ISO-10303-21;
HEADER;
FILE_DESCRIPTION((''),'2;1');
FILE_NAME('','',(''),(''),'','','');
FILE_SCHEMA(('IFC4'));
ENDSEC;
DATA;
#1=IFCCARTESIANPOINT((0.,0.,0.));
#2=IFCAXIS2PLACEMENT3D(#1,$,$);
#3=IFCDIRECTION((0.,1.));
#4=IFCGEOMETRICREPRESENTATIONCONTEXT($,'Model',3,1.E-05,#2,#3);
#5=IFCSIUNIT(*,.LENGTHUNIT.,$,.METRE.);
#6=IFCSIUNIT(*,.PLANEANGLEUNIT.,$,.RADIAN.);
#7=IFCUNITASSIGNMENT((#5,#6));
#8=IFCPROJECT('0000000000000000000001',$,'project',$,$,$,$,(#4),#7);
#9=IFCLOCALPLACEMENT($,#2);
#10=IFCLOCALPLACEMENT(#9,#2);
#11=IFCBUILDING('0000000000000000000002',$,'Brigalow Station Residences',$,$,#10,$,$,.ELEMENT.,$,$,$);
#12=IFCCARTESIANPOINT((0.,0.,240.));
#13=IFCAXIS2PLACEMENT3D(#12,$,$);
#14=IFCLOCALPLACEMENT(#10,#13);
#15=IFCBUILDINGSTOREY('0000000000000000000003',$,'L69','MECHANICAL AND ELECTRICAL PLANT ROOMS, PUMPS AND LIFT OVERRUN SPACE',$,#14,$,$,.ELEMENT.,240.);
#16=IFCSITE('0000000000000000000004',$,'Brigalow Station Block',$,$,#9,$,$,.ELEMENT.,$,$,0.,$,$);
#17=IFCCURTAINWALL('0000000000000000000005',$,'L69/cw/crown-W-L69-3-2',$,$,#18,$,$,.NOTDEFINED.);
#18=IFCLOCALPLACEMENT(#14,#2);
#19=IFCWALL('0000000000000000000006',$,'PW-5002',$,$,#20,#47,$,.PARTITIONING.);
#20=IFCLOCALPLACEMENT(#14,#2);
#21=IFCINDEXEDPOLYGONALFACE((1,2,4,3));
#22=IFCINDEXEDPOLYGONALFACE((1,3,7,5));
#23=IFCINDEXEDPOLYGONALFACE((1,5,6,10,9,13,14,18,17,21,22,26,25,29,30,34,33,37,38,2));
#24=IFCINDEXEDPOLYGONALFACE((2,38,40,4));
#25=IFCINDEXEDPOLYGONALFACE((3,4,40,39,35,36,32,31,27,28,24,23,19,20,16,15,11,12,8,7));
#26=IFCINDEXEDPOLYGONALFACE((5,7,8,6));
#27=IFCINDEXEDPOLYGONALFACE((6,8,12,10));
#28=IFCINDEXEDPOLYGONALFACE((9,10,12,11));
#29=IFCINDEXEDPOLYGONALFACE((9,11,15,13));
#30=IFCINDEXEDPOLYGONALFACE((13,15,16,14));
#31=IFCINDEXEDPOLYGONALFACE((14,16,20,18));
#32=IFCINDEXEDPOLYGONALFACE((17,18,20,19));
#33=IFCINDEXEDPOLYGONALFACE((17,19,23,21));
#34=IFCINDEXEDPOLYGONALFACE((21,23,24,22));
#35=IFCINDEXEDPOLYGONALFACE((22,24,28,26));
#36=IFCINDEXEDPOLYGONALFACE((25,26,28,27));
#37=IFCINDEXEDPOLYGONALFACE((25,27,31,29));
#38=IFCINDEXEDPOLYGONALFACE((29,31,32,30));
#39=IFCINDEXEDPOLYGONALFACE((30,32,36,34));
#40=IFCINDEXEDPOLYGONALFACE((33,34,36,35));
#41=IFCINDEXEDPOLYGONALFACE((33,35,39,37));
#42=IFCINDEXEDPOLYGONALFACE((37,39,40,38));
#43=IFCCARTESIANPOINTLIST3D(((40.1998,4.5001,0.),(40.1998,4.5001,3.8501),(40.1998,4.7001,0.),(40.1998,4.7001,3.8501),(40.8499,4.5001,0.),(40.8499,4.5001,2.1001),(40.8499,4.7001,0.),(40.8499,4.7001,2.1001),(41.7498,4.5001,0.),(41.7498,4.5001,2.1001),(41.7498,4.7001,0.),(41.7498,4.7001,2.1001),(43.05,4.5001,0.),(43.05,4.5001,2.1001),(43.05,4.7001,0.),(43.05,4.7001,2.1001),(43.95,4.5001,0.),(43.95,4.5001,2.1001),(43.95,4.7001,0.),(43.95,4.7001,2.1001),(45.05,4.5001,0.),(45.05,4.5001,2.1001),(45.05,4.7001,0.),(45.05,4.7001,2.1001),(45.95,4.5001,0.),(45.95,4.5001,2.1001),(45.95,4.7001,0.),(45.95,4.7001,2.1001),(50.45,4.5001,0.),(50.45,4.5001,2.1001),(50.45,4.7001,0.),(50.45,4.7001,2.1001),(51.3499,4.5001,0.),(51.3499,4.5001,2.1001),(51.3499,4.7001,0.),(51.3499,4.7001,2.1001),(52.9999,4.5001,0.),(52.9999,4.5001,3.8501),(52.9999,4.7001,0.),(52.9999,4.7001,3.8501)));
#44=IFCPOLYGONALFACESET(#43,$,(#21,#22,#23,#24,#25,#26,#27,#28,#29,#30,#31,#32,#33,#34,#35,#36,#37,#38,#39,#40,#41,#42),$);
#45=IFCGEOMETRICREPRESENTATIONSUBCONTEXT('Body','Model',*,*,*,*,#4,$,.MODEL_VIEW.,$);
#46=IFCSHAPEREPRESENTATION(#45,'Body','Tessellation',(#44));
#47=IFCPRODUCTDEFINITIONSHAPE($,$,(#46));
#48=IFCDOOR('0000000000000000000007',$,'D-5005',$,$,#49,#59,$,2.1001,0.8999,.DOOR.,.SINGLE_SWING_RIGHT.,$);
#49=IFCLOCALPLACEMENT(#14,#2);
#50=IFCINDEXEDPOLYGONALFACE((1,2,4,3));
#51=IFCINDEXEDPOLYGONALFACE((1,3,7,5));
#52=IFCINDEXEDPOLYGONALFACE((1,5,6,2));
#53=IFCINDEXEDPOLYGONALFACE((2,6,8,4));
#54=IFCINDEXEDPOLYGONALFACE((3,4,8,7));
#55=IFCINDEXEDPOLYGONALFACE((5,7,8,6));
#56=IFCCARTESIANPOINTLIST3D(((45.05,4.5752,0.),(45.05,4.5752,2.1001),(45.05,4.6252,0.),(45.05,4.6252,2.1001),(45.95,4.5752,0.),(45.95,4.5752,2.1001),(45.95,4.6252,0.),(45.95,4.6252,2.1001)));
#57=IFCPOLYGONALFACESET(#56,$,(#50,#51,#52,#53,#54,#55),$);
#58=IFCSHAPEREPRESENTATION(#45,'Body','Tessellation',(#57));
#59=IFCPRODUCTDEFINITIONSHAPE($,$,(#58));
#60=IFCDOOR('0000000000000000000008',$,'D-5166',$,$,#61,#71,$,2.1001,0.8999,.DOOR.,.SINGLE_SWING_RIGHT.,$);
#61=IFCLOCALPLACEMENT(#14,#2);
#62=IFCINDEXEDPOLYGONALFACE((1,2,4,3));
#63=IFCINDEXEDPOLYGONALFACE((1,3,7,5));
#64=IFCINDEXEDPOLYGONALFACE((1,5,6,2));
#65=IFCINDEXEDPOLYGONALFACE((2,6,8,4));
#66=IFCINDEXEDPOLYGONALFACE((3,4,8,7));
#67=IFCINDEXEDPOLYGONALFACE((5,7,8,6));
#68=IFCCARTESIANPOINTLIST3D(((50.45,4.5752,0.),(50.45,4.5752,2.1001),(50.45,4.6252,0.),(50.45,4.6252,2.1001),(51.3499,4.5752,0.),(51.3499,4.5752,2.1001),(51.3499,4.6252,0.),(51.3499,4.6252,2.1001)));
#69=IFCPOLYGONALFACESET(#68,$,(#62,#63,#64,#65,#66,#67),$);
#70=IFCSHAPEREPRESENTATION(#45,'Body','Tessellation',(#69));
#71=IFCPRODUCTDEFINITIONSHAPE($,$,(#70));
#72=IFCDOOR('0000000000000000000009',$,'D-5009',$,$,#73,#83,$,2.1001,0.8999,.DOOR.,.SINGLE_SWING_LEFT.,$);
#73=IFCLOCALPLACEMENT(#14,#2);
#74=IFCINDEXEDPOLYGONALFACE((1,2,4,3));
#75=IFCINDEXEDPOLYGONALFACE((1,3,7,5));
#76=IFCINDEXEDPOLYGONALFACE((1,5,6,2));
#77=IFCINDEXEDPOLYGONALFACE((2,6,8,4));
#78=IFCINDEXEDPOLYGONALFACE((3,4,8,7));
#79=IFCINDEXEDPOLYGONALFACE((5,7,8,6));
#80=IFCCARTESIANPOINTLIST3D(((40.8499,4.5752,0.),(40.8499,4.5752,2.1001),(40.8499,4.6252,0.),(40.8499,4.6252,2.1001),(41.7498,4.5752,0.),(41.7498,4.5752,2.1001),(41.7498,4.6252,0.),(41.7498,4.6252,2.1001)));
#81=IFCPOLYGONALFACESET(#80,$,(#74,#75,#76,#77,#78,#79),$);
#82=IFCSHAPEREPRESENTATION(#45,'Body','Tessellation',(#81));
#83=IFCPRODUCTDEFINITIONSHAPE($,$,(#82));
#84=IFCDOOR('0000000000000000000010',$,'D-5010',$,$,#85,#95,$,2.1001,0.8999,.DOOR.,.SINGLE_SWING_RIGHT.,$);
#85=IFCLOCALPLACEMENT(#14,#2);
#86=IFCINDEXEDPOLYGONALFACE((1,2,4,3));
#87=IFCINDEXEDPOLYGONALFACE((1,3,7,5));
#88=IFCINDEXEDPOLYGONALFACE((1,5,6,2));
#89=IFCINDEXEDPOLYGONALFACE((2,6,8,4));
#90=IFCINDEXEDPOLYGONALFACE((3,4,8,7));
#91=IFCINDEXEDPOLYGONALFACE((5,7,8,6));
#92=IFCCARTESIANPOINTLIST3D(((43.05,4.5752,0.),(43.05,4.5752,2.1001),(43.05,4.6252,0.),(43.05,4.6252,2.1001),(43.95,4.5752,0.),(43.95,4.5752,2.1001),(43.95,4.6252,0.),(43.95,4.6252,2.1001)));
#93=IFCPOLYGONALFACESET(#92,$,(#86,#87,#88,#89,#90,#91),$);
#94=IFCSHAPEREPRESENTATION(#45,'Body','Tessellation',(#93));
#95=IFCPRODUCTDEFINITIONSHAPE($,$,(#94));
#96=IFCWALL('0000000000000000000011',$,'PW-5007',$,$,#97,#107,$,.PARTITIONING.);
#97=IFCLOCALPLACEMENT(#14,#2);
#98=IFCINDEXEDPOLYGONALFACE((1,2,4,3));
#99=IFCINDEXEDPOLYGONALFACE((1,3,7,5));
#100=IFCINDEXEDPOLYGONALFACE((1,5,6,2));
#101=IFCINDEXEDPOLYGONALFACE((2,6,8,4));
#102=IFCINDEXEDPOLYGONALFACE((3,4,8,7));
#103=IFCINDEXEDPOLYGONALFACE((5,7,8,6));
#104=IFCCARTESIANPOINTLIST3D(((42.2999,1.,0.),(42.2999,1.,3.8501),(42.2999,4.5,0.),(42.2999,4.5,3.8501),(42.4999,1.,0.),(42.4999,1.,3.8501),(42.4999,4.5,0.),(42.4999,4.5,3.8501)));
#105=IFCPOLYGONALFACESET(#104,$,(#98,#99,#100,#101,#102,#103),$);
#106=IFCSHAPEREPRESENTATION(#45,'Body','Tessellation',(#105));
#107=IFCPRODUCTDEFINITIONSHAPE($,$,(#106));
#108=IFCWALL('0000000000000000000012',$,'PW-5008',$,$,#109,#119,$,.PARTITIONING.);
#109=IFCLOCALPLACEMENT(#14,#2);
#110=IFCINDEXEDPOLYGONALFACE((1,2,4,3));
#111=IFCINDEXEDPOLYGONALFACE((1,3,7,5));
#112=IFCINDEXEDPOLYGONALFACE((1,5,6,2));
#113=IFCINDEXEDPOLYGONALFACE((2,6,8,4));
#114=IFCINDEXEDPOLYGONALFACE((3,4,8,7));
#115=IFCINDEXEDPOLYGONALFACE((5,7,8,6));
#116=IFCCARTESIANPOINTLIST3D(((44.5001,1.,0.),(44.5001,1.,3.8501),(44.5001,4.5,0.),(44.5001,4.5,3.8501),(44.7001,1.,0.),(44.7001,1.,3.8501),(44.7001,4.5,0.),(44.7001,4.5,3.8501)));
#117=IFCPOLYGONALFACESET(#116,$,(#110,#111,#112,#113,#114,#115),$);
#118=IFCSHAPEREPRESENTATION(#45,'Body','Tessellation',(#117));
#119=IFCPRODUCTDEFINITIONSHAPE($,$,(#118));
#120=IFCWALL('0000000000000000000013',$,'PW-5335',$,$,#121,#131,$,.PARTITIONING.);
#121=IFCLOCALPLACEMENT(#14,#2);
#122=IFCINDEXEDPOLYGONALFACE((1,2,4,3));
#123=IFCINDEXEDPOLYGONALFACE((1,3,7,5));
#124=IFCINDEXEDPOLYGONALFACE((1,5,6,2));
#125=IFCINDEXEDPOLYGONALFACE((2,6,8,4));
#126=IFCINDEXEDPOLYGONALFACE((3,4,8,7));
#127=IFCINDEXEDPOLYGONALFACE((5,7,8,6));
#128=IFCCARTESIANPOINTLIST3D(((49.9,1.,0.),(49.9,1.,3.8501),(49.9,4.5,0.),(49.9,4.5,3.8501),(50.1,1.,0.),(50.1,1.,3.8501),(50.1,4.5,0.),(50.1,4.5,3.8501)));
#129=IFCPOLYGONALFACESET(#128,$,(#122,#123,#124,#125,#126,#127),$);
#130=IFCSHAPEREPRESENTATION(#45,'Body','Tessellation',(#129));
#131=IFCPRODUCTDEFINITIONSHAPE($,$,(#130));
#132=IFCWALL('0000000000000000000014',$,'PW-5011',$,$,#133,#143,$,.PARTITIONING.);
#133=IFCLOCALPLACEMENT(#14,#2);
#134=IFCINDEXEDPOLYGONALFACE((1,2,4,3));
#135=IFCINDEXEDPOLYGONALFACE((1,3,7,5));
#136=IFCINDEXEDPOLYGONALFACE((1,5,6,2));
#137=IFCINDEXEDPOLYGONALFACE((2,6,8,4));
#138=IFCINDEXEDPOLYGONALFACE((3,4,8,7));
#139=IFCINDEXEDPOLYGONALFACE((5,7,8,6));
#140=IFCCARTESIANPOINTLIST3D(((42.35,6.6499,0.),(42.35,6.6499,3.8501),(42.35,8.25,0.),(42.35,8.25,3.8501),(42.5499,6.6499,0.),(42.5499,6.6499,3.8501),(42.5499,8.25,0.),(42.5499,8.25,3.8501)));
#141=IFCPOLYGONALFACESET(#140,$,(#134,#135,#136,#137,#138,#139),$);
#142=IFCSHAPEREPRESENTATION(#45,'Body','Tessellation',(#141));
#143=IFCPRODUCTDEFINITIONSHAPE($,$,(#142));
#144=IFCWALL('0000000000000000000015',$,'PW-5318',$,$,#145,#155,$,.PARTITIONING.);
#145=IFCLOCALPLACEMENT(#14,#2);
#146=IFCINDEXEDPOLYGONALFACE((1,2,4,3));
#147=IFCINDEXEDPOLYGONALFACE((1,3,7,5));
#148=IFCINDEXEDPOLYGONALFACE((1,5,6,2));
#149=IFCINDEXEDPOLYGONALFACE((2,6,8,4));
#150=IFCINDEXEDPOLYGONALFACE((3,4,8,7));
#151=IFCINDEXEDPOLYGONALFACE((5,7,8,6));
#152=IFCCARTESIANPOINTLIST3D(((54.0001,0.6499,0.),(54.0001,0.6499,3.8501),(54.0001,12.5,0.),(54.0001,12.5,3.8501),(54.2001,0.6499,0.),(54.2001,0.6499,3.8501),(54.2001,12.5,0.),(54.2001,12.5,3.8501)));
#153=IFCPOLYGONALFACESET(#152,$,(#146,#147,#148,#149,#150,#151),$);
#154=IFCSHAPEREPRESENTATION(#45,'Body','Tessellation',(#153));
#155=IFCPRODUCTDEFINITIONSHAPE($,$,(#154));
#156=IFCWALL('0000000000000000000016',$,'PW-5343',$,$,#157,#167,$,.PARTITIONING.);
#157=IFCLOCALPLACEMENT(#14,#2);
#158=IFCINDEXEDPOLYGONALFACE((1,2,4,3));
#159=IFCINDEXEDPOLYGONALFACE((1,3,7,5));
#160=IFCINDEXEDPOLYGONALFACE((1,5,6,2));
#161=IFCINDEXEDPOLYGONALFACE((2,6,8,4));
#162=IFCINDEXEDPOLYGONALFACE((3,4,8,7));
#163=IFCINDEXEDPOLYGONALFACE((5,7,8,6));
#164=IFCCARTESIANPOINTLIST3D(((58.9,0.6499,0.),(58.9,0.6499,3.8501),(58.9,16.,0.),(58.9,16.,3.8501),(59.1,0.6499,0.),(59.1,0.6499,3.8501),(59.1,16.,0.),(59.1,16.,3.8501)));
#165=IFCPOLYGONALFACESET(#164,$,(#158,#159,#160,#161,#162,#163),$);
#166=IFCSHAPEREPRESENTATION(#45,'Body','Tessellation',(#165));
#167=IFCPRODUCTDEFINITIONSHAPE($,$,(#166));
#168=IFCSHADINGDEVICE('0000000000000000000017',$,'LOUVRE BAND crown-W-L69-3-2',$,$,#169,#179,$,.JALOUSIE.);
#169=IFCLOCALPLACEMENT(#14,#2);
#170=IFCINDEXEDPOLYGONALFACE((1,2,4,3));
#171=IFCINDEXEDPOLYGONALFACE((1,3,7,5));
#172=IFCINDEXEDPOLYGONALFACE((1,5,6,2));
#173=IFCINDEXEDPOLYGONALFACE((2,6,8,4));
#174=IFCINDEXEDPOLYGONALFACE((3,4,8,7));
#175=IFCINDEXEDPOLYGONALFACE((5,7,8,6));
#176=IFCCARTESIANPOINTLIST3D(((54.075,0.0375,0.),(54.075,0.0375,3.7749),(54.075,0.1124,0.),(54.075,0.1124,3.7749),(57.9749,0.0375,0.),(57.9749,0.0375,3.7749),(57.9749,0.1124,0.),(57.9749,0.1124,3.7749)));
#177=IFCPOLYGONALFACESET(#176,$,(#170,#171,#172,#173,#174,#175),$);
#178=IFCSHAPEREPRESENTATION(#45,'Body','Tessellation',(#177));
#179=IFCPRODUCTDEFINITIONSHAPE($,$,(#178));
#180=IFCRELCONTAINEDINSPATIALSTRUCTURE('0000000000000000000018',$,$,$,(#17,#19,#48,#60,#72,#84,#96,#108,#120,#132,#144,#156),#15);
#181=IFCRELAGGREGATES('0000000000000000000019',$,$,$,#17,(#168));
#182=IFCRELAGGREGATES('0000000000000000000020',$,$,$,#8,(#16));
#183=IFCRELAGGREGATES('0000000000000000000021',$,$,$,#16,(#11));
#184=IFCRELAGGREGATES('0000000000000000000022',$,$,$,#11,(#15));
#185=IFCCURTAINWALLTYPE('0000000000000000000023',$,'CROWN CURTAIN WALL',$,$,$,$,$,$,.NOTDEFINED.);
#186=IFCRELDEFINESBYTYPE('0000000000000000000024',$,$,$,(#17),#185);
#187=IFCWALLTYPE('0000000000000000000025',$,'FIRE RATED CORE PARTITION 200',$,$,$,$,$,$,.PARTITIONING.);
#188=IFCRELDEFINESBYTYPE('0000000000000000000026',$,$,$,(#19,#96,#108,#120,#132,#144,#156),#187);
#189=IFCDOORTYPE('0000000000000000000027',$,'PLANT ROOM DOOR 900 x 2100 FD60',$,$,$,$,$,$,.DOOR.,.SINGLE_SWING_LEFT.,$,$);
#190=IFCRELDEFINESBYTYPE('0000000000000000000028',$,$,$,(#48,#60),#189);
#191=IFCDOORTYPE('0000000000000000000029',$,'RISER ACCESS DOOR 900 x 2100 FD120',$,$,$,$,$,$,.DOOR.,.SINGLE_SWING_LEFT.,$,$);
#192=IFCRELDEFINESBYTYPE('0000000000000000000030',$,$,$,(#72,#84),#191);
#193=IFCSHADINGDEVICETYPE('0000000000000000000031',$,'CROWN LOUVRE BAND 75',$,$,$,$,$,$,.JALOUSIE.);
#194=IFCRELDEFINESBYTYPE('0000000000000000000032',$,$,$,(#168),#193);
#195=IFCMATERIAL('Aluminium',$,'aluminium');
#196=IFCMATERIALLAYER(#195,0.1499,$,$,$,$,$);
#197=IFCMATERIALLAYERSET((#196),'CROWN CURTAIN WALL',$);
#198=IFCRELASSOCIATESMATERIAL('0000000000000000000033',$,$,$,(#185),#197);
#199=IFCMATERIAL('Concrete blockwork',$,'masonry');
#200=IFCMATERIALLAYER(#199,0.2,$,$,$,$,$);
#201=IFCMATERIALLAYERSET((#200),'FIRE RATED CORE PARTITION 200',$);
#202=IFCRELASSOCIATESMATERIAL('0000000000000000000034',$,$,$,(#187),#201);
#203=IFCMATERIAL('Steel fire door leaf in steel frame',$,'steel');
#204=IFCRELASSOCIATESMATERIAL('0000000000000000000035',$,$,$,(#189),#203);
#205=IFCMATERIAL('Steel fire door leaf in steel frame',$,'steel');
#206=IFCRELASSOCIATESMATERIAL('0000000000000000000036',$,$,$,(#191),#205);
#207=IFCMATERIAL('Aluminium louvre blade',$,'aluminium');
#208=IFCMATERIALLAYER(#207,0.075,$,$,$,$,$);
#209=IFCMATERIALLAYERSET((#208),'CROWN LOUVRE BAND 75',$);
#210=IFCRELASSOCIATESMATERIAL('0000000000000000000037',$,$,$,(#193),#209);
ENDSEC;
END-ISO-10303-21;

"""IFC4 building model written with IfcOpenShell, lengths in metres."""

from ifc_helpers import new_model, si_unit, direction, frame, frame_2d, origin, origin_2d, place, context, subcontext, project, spatial, rectangle, extrude, material, layer, layer_set, type_object, element, fill, aggregate, save


model = new_model("IFC4")

# Units and contexts
model_context = context("Model", 3, precision=1e-05, world=origin(), true_north=direction((0.0, 1.0)))
body_context = subcontext(model_context, "Body", "Model", "MODEL_VIEW")
ifc_project = project(units=[si_unit("LENGTHUNIT", "METRE"), si_unit("PLANEANGLEUNIT", "RADIAN")], contexts=[model_context])

# Site, building, storey
site_placement = place(None, origin())
site = spatial("IfcSite", under=ifc_project, at=site_placement, Name="Brigalow Station Block", CompositionType="ELEMENT", RefElevation=0.0)
building_placement = place(site_placement, origin())
building = spatial("IfcBuilding", under=site, at=building_placement, Name="Brigalow Station Residences", CompositionType="ELEMENT")
storey_placement = place(building_placement, frame((0.0, 0.0, 240.0)))
storey = spatial("IfcBuildingStorey", under=building, at=storey_placement, Name="L69", Description="MECHANICAL AND ELECTRICAL PLANT ROOMS, PUMPS AND LIFT OVERRUN SPACE", CompositionType="ELEMENT", Elevation=240.0)

# Curtain wall
ifc_material_1 = material(Name="Aluminium", Category="aluminium")
ifc_layer_1 = layer(ifc_material_1, 0.1499)
ifc_layer_set_1 = layer_set([ifc_layer_1], Name="CROWN CURTAIN WALL")
curtain_wall_type = type_object("IfcCurtainWallType", Name="CROWN CURTAIN WALL", PredefinedType="NOTDEFINED", material=ifc_layer_set_1)
curtain_wall_1_placement = place(storey_placement, origin())
curtain_wall_1 = element("IfcCurtainWall", 1, at=curtain_wall_1_placement, inside=storey, type_object=curtain_wall_type, Name="L69/cw/crown-W-L69-3-2", PredefinedType="NOTDEFINED")

# Wall, openings, doors
ifc_material_2 = material(Name="Concrete blockwork", Category="masonry")
ifc_layer_2 = layer(ifc_material_2, 0.2)
ifc_layer_set_2 = layer_set([ifc_layer_2], Name="FIRE RATED CORE PARTITION 200")
wall_type_1 = type_object("IfcWallType", Name="FIRE RATED CORE PARTITION 200", PredefinedType="PARTITIONING", material=ifc_layer_set_2)
wall_1_placement = place(storey_placement, frame((40.2, 4.6001, 0.0), z_axis=(0.0, 0.0, 1.0), x_axis=(1.0, 0.0, 0.0)))
wall_1 = element("IfcWall", 2, at=wall_1_placement, inside=storey, type_object=wall_type_1, Name="PW-5002", PredefinedType="PARTITIONING", context=body_context, shape_type="SweptSolid", body=[
    extrude(rectangle(XDim=12.8, YDim=0.2, at=frame_2d((6.3999, 0.0))), origin(), (0.0, 0.0, 1.0), 3.8501),
])
opening_1_placement = place(wall_1_placement, frame((4.8501, 0.0, 0.0)))
opening_1 = element("IfcOpeningElement", 3, at=opening_1_placement, cuts=wall_1, PredefinedType="OPENING", context=body_context, shape_type="SweptSolid", body=[
    extrude(rectangle(XDim=0.8999, YDim=2.1001, at=frame_2d((0.45, 1.05))), frame((0.0, 0.1099, 0.0), z_axis=(0.0, -1.0, 0.0), x_axis=(1.0, 0.0, 0.0)), (0.0, 0.0, 1.0), 0.22),
])
opening_2_placement = place(wall_1_placement, frame((10.25, 0.0, 0.0)))
opening_2 = element("IfcOpeningElement", 4, at=opening_2_placement, cuts=wall_1, PredefinedType="OPENING", context=body_context, shape_type="SweptSolid", body=[
    extrude(rectangle(XDim=0.8999, YDim=2.1001, at=frame_2d((0.45, 1.05))), frame((0.0, 0.1099, 0.0), z_axis=(0.0, -1.0, 0.0), x_axis=(1.0, 0.0, 0.0)), (0.0, 0.0, 1.0), 0.22),
])
opening_3_placement = place(wall_1_placement, frame((0.6499, 0.0, 0.0)))
opening_3 = element("IfcOpeningElement", 5, at=opening_3_placement, cuts=wall_1, PredefinedType="OPENING", context=body_context, shape_type="SweptSolid", body=[
    extrude(rectangle(XDim=0.8999, YDim=2.1001, at=frame_2d((0.45, 1.05))), frame((0.0, 0.1099, 0.0), z_axis=(0.0, -1.0, 0.0), x_axis=(1.0, 0.0, 0.0)), (0.0, 0.0, 1.0), 0.22),
])
opening_4_placement = place(wall_1_placement, frame((2.8501, 0.0, 0.0)))
opening_4 = element("IfcOpeningElement", 6, at=opening_4_placement, cuts=wall_1, PredefinedType="OPENING", context=body_context, shape_type="SweptSolid", body=[
    extrude(rectangle(XDim=0.8999, YDim=2.1001, at=frame_2d((0.45, 1.05))), frame((0.0, 0.1099, 0.0), z_axis=(0.0, -1.0, 0.0), x_axis=(1.0, 0.0, 0.0)), (0.0, 0.0, 1.0), 0.22),
])
ifc_material_3 = material(Name="Steel fire door leaf in steel frame", Category="steel")
door_type_1 = type_object("IfcDoorType", Name="PLANT ROOM DOOR 900 x 2100 FD60", OperationType="SINGLE_SWING_LEFT", PredefinedType="DOOR", material=ifc_material_3)
door_1_placement = place(opening_1_placement, frame((0.8999, 0.0, 0.0), z_axis=(0.0, 0.0, 1.0), x_axis=(-1.0, 0.0, 0.0)))
door_1 = element("IfcDoor", 7, at=door_1_placement, inside=storey, type_object=door_type_1, Name="D-5005", OperationType="SINGLE_SWING_RIGHT", OverallHeight=2.1001, OverallWidth=0.8999, PredefinedType="DOOR", context=body_context, shape_type="SweptSolid", body=[
    extrude(rectangle(XDim=0.8999, YDim=2.1001, at=frame_2d((0.45, 1.05))), frame((0.0, 0.0249, 0.0), z_axis=(0.0, -1.0, 0.0), x_axis=(1.0, 0.0, 0.0)), (0.0, 0.0, 1.0), 0.05),
])
fill(opening_1, door_1)
door_2_placement = place(opening_2_placement, frame((0.8999, 0.0, 0.0), z_axis=(0.0, 0.0, 1.0), x_axis=(-1.0, 0.0, 0.0)))
door_2 = element("IfcDoor", 8, at=door_2_placement, inside=storey, type_object=door_type_1, Name="D-5166", OperationType="SINGLE_SWING_RIGHT", OverallHeight=2.1001, OverallWidth=0.8999, PredefinedType="DOOR", context=body_context, shape_type="SweptSolid", body=[
    extrude(rectangle(XDim=0.8999, YDim=2.1001, at=frame_2d((0.45, 1.05))), frame((0.0, 0.0249, 0.0), z_axis=(0.0, -1.0, 0.0), x_axis=(1.0, 0.0, 0.0)), (0.0, 0.0, 1.0), 0.05),
])
fill(opening_2, door_2)
ifc_material_4 = material(Name="Steel fire door leaf in steel frame", Category="steel")
door_type_2 = type_object("IfcDoorType", Name="RISER ACCESS DOOR 900 x 2100 FD120", OperationType="SINGLE_SWING_LEFT", PredefinedType="DOOR", material=ifc_material_4)
door_3_placement = place(opening_3_placement, frame((0.8999, 0.0, 0.0), z_axis=(0.0, 0.0, 1.0), x_axis=(-1.0, 0.0, 0.0)))
door_3 = element("IfcDoor", 9, at=door_3_placement, inside=storey, type_object=door_type_2, Name="D-5009", OperationType="SINGLE_SWING_LEFT", OverallHeight=2.1001, OverallWidth=0.8999, PredefinedType="DOOR", context=body_context, shape_type="SweptSolid", body=[
    extrude(rectangle(XDim=0.8999, YDim=2.1001, at=frame_2d((0.45, 1.05))), frame((0.0, 0.0249, 0.0), z_axis=(0.0, -1.0, 0.0), x_axis=(1.0, 0.0, 0.0)), (0.0, 0.0, 1.0), 0.05),
])
fill(opening_3, door_3)
door_4_placement = place(opening_4_placement, frame((0.8999, 0.0, 0.0), z_axis=(0.0, 0.0, 1.0), x_axis=(-1.0, 0.0, 0.0)))
door_4 = element("IfcDoor", 10, at=door_4_placement, inside=storey, type_object=door_type_2, Name="D-5010", OperationType="SINGLE_SWING_RIGHT", OverallHeight=2.1001, OverallWidth=0.8999, PredefinedType="DOOR", context=body_context, shape_type="SweptSolid", body=[
    extrude(rectangle(XDim=0.8999, YDim=2.1001, at=frame_2d((0.45, 1.05))), frame((0.0, 0.0249, 0.0), z_axis=(0.0, -1.0, 0.0), x_axis=(1.0, 0.0, 0.0)), (0.0, 0.0, 1.0), 0.05),
])
fill(opening_4, door_4)

# Walls
for number, where, z_axis, x_axis, name in (
    (11, (42.3999, 1.0, 0.0), (0.0, 0.0, 1.0), (0.0, 1.0, 0.0), "PW-5007"),
    (12, (44.6001, 1.0, 0.0), (0.0, 0.0, 1.0), (0.0, 1.0, 0.0), "PW-5008"),
    (13, (50.0, 1.0, 0.0), (0.0, 0.0, 1.0), (0.0, 1.0, 0.0), "PW-5335"),
):
    element("IfcWall", number, at=place(storey_placement, frame(where, z_axis=z_axis, x_axis=x_axis)), inside=storey, type_object=wall_type_1, Name=name, PredefinedType="PARTITIONING", context=body_context, shape_type="SweptSolid", body=[
        extrude(rectangle(XDim=3.5, YDim=0.2, at=frame_2d((1.75, 0.0))), origin(), (0.0, 0.0, 1.0), 3.8501),
    ])
wall_2_placement = place(storey_placement, frame((42.45, 6.6499, 0.0), z_axis=(0.0, 0.0, 1.0), x_axis=(0.0, 1.0, 0.0)))
element("IfcWall", 14, at=wall_2_placement, inside=storey, type_object=wall_type_1, Name="PW-5011", PredefinedType="PARTITIONING", context=body_context, shape_type="SweptSolid", body=[
    extrude(rectangle(XDim=1.6001, YDim=0.2, at=frame_2d((0.8, 0.0))), origin(), (0.0, 0.0, 1.0), 3.8501),
])
wall_3_placement = place(storey_placement, frame((54.1001, 0.6499, 0.0), z_axis=(0.0, 0.0, 1.0), x_axis=(0.0, 1.0, 0.0)))
element("IfcWall", 15, at=wall_3_placement, inside=storey, type_object=wall_type_1, Name="PW-5318", PredefinedType="PARTITIONING", context=body_context, shape_type="SweptSolid", body=[
    extrude(rectangle(XDim=11.8501, YDim=0.2, at=frame_2d((5.925, 0.0))), origin(), (0.0, 0.0, 1.0), 3.8501),
])
wall_4_placement = place(storey_placement, frame((59.0, 0.6499, 0.0), z_axis=(0.0, 0.0, 1.0), x_axis=(0.0, 1.0, 0.0)))
element("IfcWall", 16, at=wall_4_placement, inside=storey, type_object=wall_type_1, Name="PW-5343", PredefinedType="PARTITIONING", context=body_context, shape_type="SweptSolid", body=[
    extrude(rectangle(XDim=15.3501, YDim=0.2, at=frame_2d((7.675, 0.0))), origin(), (0.0, 0.0, 1.0), 3.8501),
])

# Shading device
ifc_material_5 = material(Name="Aluminium louvre blade", Category="aluminium")
ifc_layer_3 = layer(ifc_material_5, 0.075)
ifc_layer_set_3 = layer_set([ifc_layer_3], Name="CROWN LOUVRE BAND 75")
shading_device_type = type_object("IfcShadingDeviceType", Name="CROWN LOUVRE BAND 75", PredefinedType="JALOUSIE", material=ifc_layer_set_3)
shading_device_1_placement = place(storey_placement, frame((56.0249, 0.075, 0.0), z_axis=(0.0, 0.0, 1.0), x_axis=(1.0, 0.0, 0.0)))
shading_device_1 = element("IfcShadingDevice", 17, at=shading_device_1_placement, type_object=shading_device_type, Name="LOUVRE BAND crown-W-L69-3-2", PredefinedType="JALOUSIE", context=body_context, shape_type="SweptSolid", body=[
    extrude(rectangle(XDim=3.8999, YDim=0.075, at=origin_2d()), origin(), (0.0, 0.0, 1.0), 3.7749),
])
aggregate(curtain_wall_1, [shading_device_1])

save(model, "model.ifc")
